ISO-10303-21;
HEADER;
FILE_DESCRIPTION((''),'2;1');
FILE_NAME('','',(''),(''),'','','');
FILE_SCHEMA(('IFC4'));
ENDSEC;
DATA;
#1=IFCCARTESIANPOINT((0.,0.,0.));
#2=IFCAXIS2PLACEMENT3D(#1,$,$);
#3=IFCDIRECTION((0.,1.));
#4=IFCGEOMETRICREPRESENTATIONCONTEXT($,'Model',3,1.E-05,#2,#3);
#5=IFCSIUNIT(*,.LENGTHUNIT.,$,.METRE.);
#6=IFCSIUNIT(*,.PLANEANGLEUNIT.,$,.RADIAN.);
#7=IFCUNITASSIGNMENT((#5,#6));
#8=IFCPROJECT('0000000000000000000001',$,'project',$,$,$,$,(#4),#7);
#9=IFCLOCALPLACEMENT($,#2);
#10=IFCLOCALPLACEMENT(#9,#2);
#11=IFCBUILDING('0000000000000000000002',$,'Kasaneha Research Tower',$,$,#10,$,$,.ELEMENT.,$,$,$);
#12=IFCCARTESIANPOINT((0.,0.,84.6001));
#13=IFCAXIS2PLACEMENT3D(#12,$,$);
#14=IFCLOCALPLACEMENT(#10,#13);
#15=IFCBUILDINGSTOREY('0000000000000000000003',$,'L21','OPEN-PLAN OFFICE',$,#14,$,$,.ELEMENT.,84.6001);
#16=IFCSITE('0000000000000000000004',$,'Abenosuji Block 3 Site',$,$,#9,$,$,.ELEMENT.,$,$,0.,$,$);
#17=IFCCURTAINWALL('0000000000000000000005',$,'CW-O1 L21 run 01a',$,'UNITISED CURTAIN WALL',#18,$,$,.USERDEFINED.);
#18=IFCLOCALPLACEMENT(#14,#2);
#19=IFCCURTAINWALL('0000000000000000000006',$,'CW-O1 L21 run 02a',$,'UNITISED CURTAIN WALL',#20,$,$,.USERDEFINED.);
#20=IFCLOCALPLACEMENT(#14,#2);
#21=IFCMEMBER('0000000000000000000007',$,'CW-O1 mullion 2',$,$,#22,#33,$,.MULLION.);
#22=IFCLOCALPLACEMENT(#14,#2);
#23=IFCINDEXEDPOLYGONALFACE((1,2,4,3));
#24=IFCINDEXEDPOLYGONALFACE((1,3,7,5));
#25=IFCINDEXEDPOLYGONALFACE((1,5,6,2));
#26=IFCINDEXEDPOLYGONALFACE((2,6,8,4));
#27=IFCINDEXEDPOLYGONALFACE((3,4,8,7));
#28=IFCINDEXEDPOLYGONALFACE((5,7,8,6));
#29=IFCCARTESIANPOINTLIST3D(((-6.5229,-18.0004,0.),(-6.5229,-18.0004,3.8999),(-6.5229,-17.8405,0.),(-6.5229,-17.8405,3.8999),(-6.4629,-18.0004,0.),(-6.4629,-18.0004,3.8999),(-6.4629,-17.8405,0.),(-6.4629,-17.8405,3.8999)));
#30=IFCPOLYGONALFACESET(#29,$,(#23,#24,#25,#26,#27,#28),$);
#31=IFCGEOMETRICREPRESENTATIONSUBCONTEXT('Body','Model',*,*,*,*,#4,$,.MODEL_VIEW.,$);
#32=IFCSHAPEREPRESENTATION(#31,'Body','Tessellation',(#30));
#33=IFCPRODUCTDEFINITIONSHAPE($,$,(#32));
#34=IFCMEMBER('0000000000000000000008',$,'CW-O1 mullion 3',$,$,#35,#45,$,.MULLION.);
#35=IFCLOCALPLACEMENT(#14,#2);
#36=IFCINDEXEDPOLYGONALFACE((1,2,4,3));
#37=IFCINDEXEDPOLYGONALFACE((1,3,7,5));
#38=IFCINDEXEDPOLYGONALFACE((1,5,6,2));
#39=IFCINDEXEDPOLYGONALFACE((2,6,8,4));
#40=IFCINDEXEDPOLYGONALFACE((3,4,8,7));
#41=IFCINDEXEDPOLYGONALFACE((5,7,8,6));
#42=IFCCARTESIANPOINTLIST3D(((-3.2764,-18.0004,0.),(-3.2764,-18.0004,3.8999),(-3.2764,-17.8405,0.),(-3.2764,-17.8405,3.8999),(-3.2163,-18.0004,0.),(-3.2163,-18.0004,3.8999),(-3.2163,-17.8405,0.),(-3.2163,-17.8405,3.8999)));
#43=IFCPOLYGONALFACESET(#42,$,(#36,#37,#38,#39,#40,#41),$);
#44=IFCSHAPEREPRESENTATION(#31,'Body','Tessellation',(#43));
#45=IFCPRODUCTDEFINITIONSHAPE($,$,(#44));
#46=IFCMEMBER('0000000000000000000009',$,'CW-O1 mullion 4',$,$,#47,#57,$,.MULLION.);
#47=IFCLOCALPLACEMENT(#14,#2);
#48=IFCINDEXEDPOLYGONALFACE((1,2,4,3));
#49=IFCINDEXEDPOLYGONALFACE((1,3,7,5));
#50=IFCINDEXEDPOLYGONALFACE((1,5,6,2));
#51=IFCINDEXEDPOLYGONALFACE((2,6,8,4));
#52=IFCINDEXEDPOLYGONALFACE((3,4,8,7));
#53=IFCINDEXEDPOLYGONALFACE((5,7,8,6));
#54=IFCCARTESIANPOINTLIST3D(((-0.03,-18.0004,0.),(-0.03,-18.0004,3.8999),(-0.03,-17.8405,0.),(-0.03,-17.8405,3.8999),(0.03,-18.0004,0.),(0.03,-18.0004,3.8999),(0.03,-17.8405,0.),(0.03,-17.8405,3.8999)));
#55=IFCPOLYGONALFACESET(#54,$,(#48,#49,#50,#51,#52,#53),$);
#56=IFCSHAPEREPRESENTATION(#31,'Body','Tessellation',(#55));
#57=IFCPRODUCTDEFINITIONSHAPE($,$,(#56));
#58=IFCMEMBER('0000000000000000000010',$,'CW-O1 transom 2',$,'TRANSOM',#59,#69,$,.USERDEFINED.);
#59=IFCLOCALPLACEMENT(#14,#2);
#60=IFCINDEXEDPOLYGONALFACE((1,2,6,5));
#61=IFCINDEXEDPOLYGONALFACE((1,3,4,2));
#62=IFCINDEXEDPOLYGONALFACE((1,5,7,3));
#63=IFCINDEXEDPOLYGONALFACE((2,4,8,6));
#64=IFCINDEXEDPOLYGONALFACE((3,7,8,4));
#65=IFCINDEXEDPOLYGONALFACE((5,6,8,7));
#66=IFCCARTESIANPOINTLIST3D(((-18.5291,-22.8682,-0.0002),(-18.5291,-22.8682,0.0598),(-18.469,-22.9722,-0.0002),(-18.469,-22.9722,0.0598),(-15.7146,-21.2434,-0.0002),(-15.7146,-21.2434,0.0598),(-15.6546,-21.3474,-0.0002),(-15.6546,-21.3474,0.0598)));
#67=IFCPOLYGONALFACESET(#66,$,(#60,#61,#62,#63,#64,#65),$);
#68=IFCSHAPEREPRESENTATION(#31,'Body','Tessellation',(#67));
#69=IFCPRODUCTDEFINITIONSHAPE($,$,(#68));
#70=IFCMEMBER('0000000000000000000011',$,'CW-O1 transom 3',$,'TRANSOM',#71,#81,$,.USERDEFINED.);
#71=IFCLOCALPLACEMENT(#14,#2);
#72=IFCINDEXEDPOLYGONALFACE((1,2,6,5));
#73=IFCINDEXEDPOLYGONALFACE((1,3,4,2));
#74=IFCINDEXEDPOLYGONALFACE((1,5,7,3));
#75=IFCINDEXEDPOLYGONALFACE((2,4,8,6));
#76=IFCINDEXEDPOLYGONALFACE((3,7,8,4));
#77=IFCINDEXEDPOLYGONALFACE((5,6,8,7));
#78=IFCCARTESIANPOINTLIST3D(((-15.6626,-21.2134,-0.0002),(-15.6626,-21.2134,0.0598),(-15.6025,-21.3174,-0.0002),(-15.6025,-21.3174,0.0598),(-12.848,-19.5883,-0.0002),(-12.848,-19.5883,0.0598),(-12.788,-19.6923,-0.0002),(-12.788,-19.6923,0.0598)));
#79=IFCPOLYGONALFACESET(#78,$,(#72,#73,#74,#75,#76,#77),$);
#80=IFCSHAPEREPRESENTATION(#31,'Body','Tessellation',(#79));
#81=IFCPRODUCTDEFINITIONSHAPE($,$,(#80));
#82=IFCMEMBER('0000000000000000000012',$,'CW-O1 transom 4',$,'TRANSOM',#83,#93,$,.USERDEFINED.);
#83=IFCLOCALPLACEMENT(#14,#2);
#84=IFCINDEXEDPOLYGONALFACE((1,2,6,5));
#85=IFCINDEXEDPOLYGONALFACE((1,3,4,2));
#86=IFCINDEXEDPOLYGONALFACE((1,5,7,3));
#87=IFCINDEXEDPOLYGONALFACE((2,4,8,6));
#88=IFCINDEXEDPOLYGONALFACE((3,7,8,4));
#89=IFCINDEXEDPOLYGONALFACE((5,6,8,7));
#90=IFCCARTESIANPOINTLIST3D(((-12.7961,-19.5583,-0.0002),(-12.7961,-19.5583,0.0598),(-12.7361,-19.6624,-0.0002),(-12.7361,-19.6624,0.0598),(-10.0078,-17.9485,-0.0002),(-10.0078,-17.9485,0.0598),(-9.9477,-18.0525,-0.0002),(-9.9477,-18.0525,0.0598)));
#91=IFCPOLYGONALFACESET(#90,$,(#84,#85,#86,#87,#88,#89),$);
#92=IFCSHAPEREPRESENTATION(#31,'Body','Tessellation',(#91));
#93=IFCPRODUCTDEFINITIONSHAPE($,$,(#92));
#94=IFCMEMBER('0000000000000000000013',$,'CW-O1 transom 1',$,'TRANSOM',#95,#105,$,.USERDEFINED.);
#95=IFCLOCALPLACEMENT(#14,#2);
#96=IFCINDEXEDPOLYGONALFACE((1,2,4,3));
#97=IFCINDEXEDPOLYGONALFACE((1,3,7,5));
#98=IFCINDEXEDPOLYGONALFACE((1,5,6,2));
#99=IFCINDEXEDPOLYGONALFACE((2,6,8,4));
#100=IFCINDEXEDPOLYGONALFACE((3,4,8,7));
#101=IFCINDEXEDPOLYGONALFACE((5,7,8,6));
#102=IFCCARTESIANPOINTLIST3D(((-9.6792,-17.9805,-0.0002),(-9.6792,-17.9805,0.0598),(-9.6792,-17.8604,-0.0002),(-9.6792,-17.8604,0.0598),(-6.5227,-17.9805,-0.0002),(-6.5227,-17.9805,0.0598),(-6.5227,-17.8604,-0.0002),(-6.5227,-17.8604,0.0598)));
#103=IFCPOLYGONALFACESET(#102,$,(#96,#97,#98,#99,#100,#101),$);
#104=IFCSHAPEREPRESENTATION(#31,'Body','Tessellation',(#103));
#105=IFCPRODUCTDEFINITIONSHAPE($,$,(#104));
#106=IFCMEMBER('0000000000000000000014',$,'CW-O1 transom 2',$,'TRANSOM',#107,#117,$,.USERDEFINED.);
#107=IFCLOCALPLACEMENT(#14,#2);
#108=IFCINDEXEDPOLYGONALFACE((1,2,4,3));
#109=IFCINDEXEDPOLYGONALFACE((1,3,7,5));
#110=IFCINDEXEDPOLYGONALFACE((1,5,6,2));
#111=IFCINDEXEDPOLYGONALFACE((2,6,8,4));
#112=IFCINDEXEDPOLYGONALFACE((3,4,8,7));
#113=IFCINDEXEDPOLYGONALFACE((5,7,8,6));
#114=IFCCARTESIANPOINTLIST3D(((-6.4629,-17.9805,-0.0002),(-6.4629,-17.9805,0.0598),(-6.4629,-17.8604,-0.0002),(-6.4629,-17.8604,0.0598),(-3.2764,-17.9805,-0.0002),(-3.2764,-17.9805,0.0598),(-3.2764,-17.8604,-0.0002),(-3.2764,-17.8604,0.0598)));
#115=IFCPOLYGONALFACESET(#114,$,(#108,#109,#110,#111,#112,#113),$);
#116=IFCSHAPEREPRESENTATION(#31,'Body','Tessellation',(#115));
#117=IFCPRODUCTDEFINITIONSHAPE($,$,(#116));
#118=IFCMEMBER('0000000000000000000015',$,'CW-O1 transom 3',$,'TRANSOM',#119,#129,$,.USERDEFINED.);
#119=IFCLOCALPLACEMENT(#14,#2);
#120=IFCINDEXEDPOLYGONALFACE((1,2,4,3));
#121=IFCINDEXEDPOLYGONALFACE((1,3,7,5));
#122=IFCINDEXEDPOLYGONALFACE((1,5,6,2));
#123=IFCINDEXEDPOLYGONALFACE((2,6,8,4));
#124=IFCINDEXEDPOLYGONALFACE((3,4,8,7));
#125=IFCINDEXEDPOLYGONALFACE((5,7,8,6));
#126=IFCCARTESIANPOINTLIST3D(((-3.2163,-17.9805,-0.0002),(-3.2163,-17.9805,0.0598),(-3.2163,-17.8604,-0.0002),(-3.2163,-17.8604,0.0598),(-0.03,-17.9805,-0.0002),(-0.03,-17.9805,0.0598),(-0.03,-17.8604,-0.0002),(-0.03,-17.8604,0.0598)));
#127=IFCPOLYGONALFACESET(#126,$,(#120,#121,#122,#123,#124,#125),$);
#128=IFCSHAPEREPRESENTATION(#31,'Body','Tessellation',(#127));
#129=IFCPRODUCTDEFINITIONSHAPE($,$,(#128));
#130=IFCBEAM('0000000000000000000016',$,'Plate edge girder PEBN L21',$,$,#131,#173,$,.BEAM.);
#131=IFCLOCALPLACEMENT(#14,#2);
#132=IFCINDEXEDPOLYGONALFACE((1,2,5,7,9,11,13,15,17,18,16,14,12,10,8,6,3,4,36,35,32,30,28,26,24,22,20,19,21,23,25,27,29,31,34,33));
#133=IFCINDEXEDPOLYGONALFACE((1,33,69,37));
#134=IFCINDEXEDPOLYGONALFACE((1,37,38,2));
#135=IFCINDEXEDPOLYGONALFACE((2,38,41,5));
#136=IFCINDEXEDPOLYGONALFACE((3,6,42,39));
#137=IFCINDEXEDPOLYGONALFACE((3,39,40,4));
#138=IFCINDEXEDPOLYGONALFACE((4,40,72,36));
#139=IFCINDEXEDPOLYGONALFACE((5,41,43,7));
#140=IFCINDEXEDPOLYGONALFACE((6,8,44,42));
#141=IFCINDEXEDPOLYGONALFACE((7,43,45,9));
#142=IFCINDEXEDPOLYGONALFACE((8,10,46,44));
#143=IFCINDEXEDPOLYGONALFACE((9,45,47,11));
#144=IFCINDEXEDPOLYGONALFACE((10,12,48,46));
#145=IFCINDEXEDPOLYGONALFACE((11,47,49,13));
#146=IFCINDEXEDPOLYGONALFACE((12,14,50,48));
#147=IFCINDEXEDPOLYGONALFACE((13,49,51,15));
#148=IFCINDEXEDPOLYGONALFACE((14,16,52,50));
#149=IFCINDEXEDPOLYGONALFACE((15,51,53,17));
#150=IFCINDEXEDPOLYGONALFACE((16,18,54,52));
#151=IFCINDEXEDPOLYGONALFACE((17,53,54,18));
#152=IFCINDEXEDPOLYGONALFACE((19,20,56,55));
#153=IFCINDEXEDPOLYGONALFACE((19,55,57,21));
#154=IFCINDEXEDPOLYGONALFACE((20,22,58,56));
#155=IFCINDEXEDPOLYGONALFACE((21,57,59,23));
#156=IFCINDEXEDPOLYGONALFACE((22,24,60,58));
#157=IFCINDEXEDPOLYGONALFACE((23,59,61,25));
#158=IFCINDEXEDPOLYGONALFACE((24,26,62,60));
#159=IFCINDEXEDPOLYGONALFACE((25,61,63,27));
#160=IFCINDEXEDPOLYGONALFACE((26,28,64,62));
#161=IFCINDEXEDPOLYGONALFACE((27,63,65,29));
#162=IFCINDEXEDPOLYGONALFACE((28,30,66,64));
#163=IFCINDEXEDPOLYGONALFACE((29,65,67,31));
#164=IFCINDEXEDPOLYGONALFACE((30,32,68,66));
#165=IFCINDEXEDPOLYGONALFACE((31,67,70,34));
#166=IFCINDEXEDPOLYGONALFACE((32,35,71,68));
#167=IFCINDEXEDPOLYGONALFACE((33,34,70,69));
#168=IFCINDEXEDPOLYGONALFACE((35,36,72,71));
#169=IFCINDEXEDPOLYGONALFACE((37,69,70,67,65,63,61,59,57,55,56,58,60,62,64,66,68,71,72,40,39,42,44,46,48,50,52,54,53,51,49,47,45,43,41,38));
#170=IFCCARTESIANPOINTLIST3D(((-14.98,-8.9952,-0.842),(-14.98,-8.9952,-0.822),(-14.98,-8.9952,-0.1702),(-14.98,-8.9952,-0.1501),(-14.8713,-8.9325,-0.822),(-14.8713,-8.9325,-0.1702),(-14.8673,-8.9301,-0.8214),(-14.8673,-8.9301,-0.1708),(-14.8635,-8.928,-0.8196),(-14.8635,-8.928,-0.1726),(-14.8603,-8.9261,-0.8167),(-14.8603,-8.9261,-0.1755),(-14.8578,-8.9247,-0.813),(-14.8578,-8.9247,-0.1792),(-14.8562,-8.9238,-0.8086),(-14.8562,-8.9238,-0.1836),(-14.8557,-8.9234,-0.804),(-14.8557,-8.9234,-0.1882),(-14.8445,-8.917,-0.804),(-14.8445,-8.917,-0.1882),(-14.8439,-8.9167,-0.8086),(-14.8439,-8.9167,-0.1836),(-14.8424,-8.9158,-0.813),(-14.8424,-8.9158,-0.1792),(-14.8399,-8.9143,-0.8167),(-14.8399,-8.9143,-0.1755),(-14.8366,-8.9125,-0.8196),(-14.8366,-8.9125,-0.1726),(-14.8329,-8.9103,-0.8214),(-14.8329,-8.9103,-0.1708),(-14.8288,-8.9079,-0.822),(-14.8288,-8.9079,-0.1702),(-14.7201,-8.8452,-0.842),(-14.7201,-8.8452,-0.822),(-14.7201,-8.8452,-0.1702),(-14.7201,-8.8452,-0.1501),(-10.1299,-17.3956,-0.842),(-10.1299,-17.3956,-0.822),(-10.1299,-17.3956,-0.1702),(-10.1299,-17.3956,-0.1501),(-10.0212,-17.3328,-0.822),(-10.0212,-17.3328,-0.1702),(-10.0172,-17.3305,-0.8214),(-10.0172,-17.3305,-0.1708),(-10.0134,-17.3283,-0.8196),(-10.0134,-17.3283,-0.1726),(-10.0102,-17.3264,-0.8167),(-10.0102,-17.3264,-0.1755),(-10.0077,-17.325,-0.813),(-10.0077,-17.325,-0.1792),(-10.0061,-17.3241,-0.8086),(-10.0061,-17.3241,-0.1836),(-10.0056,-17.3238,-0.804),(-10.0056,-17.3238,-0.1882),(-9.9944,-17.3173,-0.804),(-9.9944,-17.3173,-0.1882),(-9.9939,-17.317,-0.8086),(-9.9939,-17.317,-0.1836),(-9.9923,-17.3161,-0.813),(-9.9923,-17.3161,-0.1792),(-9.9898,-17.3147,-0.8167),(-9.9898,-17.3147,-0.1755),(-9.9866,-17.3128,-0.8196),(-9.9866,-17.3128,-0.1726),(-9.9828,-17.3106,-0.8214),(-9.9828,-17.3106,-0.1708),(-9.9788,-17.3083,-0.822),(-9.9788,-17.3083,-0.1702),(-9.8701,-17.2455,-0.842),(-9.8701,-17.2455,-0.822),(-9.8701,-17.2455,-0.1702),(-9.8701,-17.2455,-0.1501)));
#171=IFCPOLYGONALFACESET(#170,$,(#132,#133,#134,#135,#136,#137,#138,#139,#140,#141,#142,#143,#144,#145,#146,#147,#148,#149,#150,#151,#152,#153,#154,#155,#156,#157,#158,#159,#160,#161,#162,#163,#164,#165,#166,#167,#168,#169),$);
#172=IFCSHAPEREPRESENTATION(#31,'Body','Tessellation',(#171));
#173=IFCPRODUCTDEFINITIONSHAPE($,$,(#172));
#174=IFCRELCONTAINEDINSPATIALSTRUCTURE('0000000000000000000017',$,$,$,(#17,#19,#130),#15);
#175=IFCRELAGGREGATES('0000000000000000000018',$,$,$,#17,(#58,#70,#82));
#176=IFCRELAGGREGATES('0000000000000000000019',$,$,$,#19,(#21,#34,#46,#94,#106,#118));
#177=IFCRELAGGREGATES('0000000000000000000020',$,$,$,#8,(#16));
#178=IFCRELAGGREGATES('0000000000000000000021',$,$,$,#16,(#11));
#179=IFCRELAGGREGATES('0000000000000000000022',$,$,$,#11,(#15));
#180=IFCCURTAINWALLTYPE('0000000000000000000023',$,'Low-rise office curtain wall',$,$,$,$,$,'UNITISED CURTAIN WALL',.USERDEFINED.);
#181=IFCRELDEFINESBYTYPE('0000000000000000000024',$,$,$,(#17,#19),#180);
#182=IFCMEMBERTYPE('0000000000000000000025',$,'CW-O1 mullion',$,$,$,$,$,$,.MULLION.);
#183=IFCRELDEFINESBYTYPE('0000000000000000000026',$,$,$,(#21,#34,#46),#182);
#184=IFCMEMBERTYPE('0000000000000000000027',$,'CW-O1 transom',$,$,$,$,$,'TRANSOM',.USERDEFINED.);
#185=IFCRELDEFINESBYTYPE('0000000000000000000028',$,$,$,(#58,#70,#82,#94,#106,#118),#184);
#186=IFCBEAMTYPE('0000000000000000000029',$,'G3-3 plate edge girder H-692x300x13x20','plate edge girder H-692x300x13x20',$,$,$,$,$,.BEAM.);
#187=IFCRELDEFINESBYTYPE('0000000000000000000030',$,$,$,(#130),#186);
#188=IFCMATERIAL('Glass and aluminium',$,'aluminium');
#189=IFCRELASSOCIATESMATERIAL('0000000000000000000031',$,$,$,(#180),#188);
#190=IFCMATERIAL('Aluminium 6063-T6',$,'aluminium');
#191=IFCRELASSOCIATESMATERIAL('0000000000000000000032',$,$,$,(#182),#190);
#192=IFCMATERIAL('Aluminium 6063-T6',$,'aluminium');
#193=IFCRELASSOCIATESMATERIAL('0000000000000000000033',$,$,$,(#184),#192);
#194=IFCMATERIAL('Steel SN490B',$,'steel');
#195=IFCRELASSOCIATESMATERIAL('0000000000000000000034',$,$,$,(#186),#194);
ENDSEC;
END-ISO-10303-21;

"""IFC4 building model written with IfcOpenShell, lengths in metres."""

from ifc_helpers import new_model, si_unit, direction, frame, origin, origin_2d, place, context, subcontext, project, spatial, rectangle, i_section, extrude, material, material_profile, profile_set, type_object, element, aggregate, save


model = new_model("IFC4")

# Units and contexts
model_context = context("Model", 3, precision=1e-05, world=origin(), true_north=direction((0.0, 1.0)))
body_context = subcontext(model_context, "Body", "Model", "MODEL_VIEW")
ifc_project = project(units=[si_unit("LENGTHUNIT", "METRE"), si_unit("PLANEANGLEUNIT", "RADIAN")], contexts=[model_context])

# Site, building, storey
site_placement = place(None, origin())
site = spatial("IfcSite", under=ifc_project, at=site_placement, Name="Abenosuji Block 3 Site", CompositionType="ELEMENT", RefElevation=0.0)
building_placement = place(site_placement, origin())
building = spatial("IfcBuilding", under=site, at=building_placement, Name="Kasaneha Research Tower", CompositionType="ELEMENT")
storey_placement = place(building_placement, frame((0.0, 0.0, 84.6001)))
storey = spatial("IfcBuildingStorey", under=building, at=storey_placement, Name="L21", Description="OPEN-PLAN OFFICE", CompositionType="ELEMENT", Elevation=84.6001)

# Curtain walls, members
ifc_material_1 = material(Name="Glass and aluminium", Category="aluminium")
curtain_wall_type = type_object("IfcCurtainWallType", Name="Low-rise office curtain wall", ElementType="UNITISED CURTAIN WALL", PredefinedType="USERDEFINED", material=ifc_material_1)
curtain_wall_1_placement = place(storey_placement, origin())
curtain_wall_1 = element("IfcCurtainWall", 1, at=curtain_wall_1_placement, inside=storey, type_object=curtain_wall_type, Name="CW-O1 L21 run 01a", ObjectType="UNITISED CURTAIN WALL", PredefinedType="USERDEFINED")
ifc_material_2 = material(Name="Aluminium 6063-T6", Category="aluminium")
ifc_material_profile_1 = material_profile(ifc_material_2, rectangle(XDim=0.0601, YDim=0.1599, at=origin_2d()), Name="CW-O1 mullion 60x160")
ifc_profile_set_1 = profile_set([ifc_material_profile_1], Name="Aluminium 6063-T6")
member_type_1 = type_object("IfcMemberType", Name="CW-O1 mullion", PredefinedType="MULLION", material=ifc_profile_set_1)
curtain_wall_2_placement = place(storey_placement, origin())
curtain_wall_2 = element("IfcCurtainWall", 2, at=curtain_wall_2_placement, inside=storey, type_object=curtain_wall_type, Name="CW-O1 L21 run 02a", ObjectType="UNITISED CURTAIN WALL", PredefinedType="USERDEFINED")
member_1_placement = place(storey_placement, frame((-6.4929, -17.9204, 0.0), z_axis=(0.0, 0.0, 1.0), x_axis=(1.0, 0.0, 0.0)))
member_1 = element("IfcMember", 3, at=member_1_placement, type_object=member_type_1, Name="CW-O1 mullion 2", PredefinedType="MULLION", context=body_context, shape_type="SweptSolid", body=[
    extrude(rectangle(XDim=0.0601, YDim=0.1599, at=origin_2d()), origin(), (0.0, 0.0, 1.0), 3.8999),
])
member_2_placement = place(storey_placement, frame((-3.2463, -17.9204, 0.0), z_axis=(0.0, 0.0, 1.0), x_axis=(1.0, 0.0, 0.0)))
member_2 = element("IfcMember", 4, at=member_2_placement, type_object=member_type_1, Name="CW-O1 mullion 3", PredefinedType="MULLION", context=body_context, shape_type="SweptSolid", body=[
    extrude(rectangle(XDim=0.0601, YDim=0.1599, at=origin_2d()), origin(), (0.0, 0.0, 1.0), 3.8999),
])
member_3_placement = place(storey_placement, frame((0.0, -17.9204, 0.0), z_axis=(0.0, 0.0, 1.0), x_axis=(1.0, 0.0, 0.0)))
member_3 = element("IfcMember", 5, at=member_3_placement, type_object=member_type_1, Name="CW-O1 mullion 4", PredefinedType="MULLION", context=body_context, shape_type="SweptSolid", body=[
    extrude(rectangle(XDim=0.0601, YDim=0.1599, at=origin_2d()), origin(), (0.0, 0.0, 1.0), 3.8999),
])

# Members
ifc_material_3 = material(Name="Aluminium 6063-T6", Category="aluminium")
ifc_material_profile_2 = material_profile(ifc_material_3, rectangle(XDim=0.1201, YDim=0.0601, at=origin_2d()), Name="CW-O1 transom 120x60")
ifc_profile_set_2 = profile_set([ifc_material_profile_2], Name="Aluminium 6063-T6")
member_type_2 = type_object("IfcMemberType", Name="CW-O1 transom", ElementType="TRANSOM", PredefinedType="USERDEFINED", material=ifc_profile_set_2)
member_4_placement = place(storey_placement, frame((-18.499, -22.9202, 0.0298), z_axis=(0.866048, 0.499961, 0.0), x_axis=(-0.499961, 0.866048, 0.0)))
member_4 = element("IfcMember", 6, at=member_4_placement, type_object=member_type_2, Name="CW-O1 transom 2", ObjectType="TRANSOM", PredefinedType="USERDEFINED", context=body_context, shape_type="SweptSolid", body=[
    extrude(rectangle(XDim=0.1201, YDim=0.0601, at=origin_2d()), origin(), (0.0, 0.0, 1.0), 3.2498),
])
member_5_placement = place(storey_placement, frame((-15.6326, -21.2654, 0.0298), z_axis=(0.866015, 0.500017, 0.0), x_axis=(-0.500017, 0.866015, 0.0)))
member_5 = element("IfcMember", 7, at=member_5_placement, type_object=member_type_2, Name="CW-O1 transom 3", ObjectType="TRANSOM", PredefinedType="USERDEFINED", context=body_context, shape_type="SweptSolid", body=[
    extrude(rectangle(XDim=0.1201, YDim=0.0601, at=origin_2d()), origin(), (0.0, 0.0, 1.0), 3.25),
])
member_6_placement = place(storey_placement, frame((-12.7661, -19.6104, 0.0298), z_axis=(0.866023, 0.500005, 0.0), x_axis=(-0.500005, 0.866023, 0.0)))
member_6 = element("IfcMember", 8, at=member_6_placement, type_object=member_type_2, Name="CW-O1 transom 4", ObjectType="TRANSOM", PredefinedType="USERDEFINED", context=body_context, shape_type="SweptSolid", body=[
    extrude(rectangle(XDim=0.1201, YDim=0.0601, at=origin_2d()), origin(), (0.0, 0.0, 1.0), 3.2197),
])
member_7_placement = place(storey_placement, frame((-9.6792, -17.9204, 0.0298), z_axis=(1.0, 0.0, 0.0), x_axis=(0.0, 1.0, 0.0)))
member_7 = element("IfcMember", 9, at=member_7_placement, type_object=member_type_2, Name="CW-O1 transom 1", ObjectType="TRANSOM", PredefinedType="USERDEFINED", context=body_context, shape_type="SweptSolid", body=[
    extrude(rectangle(XDim=0.1201, YDim=0.0601, at=origin_2d()), origin(), (0.0, 0.0, 1.0), 3.1565),
])
member_8_placement = place(storey_placement, frame((-6.4629, -17.9204, 0.0298), z_axis=(1.0, 0.0, 0.0), x_axis=(0.0, 1.0, 0.0)))
member_8 = element("IfcMember", 10, at=member_8_placement, type_object=member_type_2, Name="CW-O1 transom 2", ObjectType="TRANSOM", PredefinedType="USERDEFINED", context=body_context, shape_type="SweptSolid", body=[
    extrude(rectangle(XDim=0.1201, YDim=0.0601, at=origin_2d()), origin(), (0.0, 0.0, 1.0), 3.1865),
])
member_9_placement = place(storey_placement, frame((-3.2163, -17.9204, 0.0298), z_axis=(1.0, 0.0, 0.0), x_axis=(0.0, 1.0, 0.0)))
member_9 = element("IfcMember", 11, at=member_9_placement, type_object=member_type_2, Name="CW-O1 transom 3", ObjectType="TRANSOM", PredefinedType="USERDEFINED", context=body_context, shape_type="SweptSolid", body=[
    extrude(rectangle(XDim=0.1201, YDim=0.0601, at=origin_2d()), origin(), (0.0, 0.0, 1.0), 3.1863),
])

# Beam
ifc_material_4 = material(Name="Steel SN490B", Category="steel")
ifc_material_profile_3 = material_profile(ifc_material_4, i_section(OverallWidth=0.3, OverallDepth=0.6919, WebThickness=0.0129, FlangeThickness=0.02, FilletRadius=0.0181, at=origin_2d()), Name="H-692x300x13x20")
ifc_profile_set_3 = profile_set([ifc_material_profile_3], Name="Steel SN490B")
beam_type_1 = type_object("IfcBeamType", Name="G3-3 plate edge girder H-692x300x13x20", Description="plate edge girder H-692x300x13x20", PredefinedType="BEAM", material=ifc_profile_set_3)
beam_1_placement = place(storey_placement, frame((-10.0, -17.3206, -0.4961), z_axis=(-0.50001, 0.86602, 0.0), x_axis=(-0.86602, -0.50001, 0.0)))
element("IfcBeam", 12, at=beam_1_placement, inside=storey, type_object=beam_type_1, Name="Plate edge girder PEBN L21", PredefinedType="BEAM", context=body_context, shape_type="SweptSolid", body=[
    extrude(i_section(OverallWidth=0.3, OverallDepth=0.6919, WebThickness=0.0129, FlangeThickness=0.02, FilletRadius=0.0181, at=origin_2d()), origin(), (0.0, 0.0, 1.0), 9.7),
])

aggregate(curtain_wall_1, [member_4, member_5, member_6])
aggregate(curtain_wall_2, [member_1, member_2, member_3, member_7, member_8, member_9])

save(model, "model.ifc")
